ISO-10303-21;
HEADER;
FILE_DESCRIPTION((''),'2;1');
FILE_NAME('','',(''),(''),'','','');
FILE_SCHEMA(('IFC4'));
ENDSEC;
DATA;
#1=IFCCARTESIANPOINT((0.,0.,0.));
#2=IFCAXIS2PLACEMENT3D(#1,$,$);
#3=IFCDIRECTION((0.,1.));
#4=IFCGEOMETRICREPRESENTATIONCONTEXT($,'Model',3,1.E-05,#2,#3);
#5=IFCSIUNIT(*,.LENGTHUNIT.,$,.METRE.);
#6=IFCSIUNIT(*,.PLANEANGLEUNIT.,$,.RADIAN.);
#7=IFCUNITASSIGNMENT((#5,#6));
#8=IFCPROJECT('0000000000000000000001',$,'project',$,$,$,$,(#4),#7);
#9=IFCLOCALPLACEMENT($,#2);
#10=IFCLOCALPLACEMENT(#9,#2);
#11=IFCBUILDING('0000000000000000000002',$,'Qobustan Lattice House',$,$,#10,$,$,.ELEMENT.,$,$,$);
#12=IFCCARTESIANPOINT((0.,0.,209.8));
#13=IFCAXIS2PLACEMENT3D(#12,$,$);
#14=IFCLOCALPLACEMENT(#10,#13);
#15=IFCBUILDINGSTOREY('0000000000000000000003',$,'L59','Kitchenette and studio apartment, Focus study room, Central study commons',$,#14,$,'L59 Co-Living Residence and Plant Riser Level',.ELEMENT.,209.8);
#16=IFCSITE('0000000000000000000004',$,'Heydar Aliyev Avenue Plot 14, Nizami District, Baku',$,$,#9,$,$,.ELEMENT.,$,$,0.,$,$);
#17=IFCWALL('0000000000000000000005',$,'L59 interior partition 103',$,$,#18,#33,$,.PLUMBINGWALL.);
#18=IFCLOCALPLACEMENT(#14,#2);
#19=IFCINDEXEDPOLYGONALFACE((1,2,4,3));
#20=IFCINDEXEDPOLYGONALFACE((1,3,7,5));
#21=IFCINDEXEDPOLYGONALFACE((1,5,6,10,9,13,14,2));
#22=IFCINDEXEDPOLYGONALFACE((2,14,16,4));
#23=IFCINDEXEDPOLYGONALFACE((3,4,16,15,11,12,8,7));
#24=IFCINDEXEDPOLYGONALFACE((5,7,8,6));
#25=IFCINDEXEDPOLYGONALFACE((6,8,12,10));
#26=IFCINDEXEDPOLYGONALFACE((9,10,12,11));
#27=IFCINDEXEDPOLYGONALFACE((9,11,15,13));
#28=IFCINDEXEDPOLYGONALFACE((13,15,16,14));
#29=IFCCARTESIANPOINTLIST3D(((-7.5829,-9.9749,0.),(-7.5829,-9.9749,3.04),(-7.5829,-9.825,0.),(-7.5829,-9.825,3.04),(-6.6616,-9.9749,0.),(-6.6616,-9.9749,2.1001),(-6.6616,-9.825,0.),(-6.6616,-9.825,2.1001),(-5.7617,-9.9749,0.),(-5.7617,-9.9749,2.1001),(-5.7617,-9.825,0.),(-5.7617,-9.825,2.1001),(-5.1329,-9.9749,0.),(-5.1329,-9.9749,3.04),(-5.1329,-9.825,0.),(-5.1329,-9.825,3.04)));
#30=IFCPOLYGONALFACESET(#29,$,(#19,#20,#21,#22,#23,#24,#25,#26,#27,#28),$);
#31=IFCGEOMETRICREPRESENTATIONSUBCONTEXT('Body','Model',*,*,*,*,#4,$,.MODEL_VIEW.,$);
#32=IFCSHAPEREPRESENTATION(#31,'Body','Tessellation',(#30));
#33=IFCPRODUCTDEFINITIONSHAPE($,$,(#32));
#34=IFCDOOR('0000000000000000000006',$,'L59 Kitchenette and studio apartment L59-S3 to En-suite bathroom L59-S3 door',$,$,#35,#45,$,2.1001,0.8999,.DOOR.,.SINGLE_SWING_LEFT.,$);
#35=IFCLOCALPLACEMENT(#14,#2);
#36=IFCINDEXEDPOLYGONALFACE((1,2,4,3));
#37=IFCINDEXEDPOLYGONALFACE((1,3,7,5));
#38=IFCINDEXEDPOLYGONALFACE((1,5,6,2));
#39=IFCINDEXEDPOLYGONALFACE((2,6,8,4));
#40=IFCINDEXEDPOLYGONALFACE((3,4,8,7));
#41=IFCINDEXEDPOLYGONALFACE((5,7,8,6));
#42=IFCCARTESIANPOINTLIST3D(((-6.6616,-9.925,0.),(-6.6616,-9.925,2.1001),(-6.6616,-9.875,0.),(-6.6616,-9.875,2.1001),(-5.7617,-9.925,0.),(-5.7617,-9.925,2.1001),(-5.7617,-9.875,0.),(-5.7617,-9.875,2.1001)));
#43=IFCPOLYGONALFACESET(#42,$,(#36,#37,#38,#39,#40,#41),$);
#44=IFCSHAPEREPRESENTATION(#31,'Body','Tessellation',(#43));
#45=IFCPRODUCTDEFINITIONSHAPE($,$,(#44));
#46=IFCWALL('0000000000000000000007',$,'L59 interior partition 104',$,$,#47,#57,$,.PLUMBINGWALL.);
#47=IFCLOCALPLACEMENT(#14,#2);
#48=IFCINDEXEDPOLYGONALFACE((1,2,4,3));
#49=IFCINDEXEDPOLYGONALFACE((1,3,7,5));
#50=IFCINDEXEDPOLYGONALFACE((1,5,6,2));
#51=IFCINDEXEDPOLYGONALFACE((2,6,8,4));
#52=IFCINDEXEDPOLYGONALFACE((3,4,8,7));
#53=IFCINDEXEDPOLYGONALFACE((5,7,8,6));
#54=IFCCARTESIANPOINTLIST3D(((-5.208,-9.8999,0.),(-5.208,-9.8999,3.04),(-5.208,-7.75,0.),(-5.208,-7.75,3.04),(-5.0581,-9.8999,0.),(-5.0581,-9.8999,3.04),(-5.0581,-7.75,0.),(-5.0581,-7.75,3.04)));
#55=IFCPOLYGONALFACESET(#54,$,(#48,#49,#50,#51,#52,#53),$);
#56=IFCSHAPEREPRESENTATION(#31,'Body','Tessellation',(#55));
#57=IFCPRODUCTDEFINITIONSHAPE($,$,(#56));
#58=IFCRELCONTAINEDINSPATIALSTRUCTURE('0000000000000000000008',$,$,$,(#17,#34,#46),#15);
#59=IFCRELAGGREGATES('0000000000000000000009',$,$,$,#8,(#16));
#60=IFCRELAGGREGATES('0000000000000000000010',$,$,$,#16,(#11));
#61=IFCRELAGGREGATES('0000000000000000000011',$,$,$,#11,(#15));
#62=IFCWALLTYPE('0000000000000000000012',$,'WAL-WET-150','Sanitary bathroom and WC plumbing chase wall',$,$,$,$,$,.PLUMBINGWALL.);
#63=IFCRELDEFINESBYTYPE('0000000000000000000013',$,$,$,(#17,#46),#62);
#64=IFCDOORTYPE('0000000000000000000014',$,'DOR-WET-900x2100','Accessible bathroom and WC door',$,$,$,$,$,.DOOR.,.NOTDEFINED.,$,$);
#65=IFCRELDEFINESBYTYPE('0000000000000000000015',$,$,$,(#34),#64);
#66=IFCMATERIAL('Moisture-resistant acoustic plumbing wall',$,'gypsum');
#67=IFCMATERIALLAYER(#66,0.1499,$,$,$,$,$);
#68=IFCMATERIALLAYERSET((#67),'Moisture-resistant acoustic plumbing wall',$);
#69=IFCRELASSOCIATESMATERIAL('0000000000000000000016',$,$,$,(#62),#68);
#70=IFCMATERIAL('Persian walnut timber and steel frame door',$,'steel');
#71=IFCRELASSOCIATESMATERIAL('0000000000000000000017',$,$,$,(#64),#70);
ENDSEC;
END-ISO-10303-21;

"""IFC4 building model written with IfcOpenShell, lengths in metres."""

from ifc_helpers import new_model, si_unit, direction, frame, frame_2d, origin, place, context, subcontext, project, spatial, rectangle, extrude, material, layer, layer_set, type_object, element, fill, save


model = new_model("IFC4")

# Units and contexts
model_context = context("Model", 3, precision=1e-05, world=origin(), true_north=direction((0.0, 1.0)))
body_context = subcontext(model_context, "Body", "Model", "MODEL_VIEW")
ifc_project = project(units=[si_unit("LENGTHUNIT", "METRE"), si_unit("PLANEANGLEUNIT", "RADIAN")], contexts=[model_context])

# Site, building, storey
site_placement = place(None, origin())
site = spatial("IfcSite", under=ifc_project, at=site_placement, Name="Heydar Aliyev Avenue Plot 14, Nizami District, Baku", CompositionType="ELEMENT", RefElevation=0.0)
building_placement = place(site_placement, origin())
building = spatial("IfcBuilding", under=site, at=building_placement, Name="Qobustan Lattice House", CompositionType="ELEMENT")
storey_placement = place(building_placement, frame((0.0, 0.0, 209.8)))
storey = spatial("IfcBuildingStorey", under=building, at=storey_placement, Name="L59", Description="Kitchenette and studio apartment, Focus study room, Central study commons", LongName="L59 Co-Living Residence and Plant Riser Level", CompositionType="ELEMENT", Elevation=209.8)

# Shared definitions
ifc_material_1 = material(Name="Moisture-resistant acoustic plumbing wall", Category="gypsum")
ifc_layer_1 = layer(ifc_material_1, 0.1499)
ifc_layer_set_1 = layer_set([ifc_layer_1], Name="Moisture-resistant acoustic plumbing wall")
wall_type_1 = type_object("IfcWallType", Name="WAL-WET-150", Description="Sanitary bathroom and WC plumbing chase wall", PredefinedType="PLUMBINGWALL", material=ifc_layer_set_1)

# Wall, opening, door
wall_1_placement = place(storey_placement, frame((-7.583, -9.8999, 0.0), z_axis=(0.0, 0.0, 1.0), x_axis=(1.0, 0.0, 0.0)))
wall_1 = element("IfcWall", 1, at=wall_1_placement, inside=storey, type_object=wall_type_1, Name="L59 interior partition 103", PredefinedType="PLUMBINGWALL", context=body_context, shape_type="SweptSolid", body=[
    extrude(rectangle(XDim=2.45, YDim=0.1499, at=frame_2d((1.2251, 0.0))), origin(), (0.0, 0.0, 1.0), 3.04),
])
opening_1_placement = place(wall_1_placement, frame((0.9214, 0.0, 0.0)))
opening_1 = element("IfcOpeningElement", 2, at=opening_1_placement, cuts=wall_1, PredefinedType="OPENING", context=body_context, shape_type="SweptSolid", body=[
    extrude(rectangle(XDim=0.8999, YDim=2.1001, at=frame_2d((0.45, 1.05))), frame((0.0, 0.085, 0.0), z_axis=(0.0, -1.0, 0.0), x_axis=(1.0, 0.0, 0.0)), (0.0, 0.0, 1.0), 0.1699),
])
ifc_material_2 = material(Name="Persian walnut timber and steel frame door", Category="steel")
door_type_1 = type_object("IfcDoorType", Name="DOR-WET-900x2100", Description="Accessible bathroom and WC door", OperationType="NOTDEFINED", PredefinedType="DOOR", material=ifc_material_2)
door_1_placement = place(opening_1_placement, origin())
door_1 = element("IfcDoor", 3, at=door_1_placement, inside=storey, type_object=door_type_1, Name="L59 Kitchenette and studio apartment L59-S3 to En-suite bathroom L59-S3 door", OperationType="SINGLE_SWING_LEFT", OverallHeight=2.1001, OverallWidth=0.8999, PredefinedType="DOOR", context=body_context, shape_type="SweptSolid", body=[
    extrude(rectangle(XDim=0.8999, YDim=2.1001, at=frame_2d((0.45, 1.05))), frame((0.0, 0.0249, 0.0), z_axis=(0.0, -1.0, 0.0), x_axis=(1.0, 0.0, 0.0)), (0.0, 0.0, 1.0), 0.05),
])
fill(opening_1, door_1)

# Wall
wall_2_placement = place(storey_placement, frame((-5.1331, -9.8999, 0.0), z_axis=(0.0, 0.0, 1.0), x_axis=(0.0, 1.0, 0.0)))
element("IfcWall", 4, at=wall_2_placement, inside=storey, type_object=wall_type_1, Name="L59 interior partition 104", PredefinedType="PLUMBINGWALL", context=body_context, shape_type="SweptSolid", body=[
    extrude(rectangle(XDim=2.1499, YDim=0.1499, at=frame_2d((1.075, 0.0))), origin(), (0.0, 0.0, 1.0), 3.04),
])

save(model, "model.ifc")
